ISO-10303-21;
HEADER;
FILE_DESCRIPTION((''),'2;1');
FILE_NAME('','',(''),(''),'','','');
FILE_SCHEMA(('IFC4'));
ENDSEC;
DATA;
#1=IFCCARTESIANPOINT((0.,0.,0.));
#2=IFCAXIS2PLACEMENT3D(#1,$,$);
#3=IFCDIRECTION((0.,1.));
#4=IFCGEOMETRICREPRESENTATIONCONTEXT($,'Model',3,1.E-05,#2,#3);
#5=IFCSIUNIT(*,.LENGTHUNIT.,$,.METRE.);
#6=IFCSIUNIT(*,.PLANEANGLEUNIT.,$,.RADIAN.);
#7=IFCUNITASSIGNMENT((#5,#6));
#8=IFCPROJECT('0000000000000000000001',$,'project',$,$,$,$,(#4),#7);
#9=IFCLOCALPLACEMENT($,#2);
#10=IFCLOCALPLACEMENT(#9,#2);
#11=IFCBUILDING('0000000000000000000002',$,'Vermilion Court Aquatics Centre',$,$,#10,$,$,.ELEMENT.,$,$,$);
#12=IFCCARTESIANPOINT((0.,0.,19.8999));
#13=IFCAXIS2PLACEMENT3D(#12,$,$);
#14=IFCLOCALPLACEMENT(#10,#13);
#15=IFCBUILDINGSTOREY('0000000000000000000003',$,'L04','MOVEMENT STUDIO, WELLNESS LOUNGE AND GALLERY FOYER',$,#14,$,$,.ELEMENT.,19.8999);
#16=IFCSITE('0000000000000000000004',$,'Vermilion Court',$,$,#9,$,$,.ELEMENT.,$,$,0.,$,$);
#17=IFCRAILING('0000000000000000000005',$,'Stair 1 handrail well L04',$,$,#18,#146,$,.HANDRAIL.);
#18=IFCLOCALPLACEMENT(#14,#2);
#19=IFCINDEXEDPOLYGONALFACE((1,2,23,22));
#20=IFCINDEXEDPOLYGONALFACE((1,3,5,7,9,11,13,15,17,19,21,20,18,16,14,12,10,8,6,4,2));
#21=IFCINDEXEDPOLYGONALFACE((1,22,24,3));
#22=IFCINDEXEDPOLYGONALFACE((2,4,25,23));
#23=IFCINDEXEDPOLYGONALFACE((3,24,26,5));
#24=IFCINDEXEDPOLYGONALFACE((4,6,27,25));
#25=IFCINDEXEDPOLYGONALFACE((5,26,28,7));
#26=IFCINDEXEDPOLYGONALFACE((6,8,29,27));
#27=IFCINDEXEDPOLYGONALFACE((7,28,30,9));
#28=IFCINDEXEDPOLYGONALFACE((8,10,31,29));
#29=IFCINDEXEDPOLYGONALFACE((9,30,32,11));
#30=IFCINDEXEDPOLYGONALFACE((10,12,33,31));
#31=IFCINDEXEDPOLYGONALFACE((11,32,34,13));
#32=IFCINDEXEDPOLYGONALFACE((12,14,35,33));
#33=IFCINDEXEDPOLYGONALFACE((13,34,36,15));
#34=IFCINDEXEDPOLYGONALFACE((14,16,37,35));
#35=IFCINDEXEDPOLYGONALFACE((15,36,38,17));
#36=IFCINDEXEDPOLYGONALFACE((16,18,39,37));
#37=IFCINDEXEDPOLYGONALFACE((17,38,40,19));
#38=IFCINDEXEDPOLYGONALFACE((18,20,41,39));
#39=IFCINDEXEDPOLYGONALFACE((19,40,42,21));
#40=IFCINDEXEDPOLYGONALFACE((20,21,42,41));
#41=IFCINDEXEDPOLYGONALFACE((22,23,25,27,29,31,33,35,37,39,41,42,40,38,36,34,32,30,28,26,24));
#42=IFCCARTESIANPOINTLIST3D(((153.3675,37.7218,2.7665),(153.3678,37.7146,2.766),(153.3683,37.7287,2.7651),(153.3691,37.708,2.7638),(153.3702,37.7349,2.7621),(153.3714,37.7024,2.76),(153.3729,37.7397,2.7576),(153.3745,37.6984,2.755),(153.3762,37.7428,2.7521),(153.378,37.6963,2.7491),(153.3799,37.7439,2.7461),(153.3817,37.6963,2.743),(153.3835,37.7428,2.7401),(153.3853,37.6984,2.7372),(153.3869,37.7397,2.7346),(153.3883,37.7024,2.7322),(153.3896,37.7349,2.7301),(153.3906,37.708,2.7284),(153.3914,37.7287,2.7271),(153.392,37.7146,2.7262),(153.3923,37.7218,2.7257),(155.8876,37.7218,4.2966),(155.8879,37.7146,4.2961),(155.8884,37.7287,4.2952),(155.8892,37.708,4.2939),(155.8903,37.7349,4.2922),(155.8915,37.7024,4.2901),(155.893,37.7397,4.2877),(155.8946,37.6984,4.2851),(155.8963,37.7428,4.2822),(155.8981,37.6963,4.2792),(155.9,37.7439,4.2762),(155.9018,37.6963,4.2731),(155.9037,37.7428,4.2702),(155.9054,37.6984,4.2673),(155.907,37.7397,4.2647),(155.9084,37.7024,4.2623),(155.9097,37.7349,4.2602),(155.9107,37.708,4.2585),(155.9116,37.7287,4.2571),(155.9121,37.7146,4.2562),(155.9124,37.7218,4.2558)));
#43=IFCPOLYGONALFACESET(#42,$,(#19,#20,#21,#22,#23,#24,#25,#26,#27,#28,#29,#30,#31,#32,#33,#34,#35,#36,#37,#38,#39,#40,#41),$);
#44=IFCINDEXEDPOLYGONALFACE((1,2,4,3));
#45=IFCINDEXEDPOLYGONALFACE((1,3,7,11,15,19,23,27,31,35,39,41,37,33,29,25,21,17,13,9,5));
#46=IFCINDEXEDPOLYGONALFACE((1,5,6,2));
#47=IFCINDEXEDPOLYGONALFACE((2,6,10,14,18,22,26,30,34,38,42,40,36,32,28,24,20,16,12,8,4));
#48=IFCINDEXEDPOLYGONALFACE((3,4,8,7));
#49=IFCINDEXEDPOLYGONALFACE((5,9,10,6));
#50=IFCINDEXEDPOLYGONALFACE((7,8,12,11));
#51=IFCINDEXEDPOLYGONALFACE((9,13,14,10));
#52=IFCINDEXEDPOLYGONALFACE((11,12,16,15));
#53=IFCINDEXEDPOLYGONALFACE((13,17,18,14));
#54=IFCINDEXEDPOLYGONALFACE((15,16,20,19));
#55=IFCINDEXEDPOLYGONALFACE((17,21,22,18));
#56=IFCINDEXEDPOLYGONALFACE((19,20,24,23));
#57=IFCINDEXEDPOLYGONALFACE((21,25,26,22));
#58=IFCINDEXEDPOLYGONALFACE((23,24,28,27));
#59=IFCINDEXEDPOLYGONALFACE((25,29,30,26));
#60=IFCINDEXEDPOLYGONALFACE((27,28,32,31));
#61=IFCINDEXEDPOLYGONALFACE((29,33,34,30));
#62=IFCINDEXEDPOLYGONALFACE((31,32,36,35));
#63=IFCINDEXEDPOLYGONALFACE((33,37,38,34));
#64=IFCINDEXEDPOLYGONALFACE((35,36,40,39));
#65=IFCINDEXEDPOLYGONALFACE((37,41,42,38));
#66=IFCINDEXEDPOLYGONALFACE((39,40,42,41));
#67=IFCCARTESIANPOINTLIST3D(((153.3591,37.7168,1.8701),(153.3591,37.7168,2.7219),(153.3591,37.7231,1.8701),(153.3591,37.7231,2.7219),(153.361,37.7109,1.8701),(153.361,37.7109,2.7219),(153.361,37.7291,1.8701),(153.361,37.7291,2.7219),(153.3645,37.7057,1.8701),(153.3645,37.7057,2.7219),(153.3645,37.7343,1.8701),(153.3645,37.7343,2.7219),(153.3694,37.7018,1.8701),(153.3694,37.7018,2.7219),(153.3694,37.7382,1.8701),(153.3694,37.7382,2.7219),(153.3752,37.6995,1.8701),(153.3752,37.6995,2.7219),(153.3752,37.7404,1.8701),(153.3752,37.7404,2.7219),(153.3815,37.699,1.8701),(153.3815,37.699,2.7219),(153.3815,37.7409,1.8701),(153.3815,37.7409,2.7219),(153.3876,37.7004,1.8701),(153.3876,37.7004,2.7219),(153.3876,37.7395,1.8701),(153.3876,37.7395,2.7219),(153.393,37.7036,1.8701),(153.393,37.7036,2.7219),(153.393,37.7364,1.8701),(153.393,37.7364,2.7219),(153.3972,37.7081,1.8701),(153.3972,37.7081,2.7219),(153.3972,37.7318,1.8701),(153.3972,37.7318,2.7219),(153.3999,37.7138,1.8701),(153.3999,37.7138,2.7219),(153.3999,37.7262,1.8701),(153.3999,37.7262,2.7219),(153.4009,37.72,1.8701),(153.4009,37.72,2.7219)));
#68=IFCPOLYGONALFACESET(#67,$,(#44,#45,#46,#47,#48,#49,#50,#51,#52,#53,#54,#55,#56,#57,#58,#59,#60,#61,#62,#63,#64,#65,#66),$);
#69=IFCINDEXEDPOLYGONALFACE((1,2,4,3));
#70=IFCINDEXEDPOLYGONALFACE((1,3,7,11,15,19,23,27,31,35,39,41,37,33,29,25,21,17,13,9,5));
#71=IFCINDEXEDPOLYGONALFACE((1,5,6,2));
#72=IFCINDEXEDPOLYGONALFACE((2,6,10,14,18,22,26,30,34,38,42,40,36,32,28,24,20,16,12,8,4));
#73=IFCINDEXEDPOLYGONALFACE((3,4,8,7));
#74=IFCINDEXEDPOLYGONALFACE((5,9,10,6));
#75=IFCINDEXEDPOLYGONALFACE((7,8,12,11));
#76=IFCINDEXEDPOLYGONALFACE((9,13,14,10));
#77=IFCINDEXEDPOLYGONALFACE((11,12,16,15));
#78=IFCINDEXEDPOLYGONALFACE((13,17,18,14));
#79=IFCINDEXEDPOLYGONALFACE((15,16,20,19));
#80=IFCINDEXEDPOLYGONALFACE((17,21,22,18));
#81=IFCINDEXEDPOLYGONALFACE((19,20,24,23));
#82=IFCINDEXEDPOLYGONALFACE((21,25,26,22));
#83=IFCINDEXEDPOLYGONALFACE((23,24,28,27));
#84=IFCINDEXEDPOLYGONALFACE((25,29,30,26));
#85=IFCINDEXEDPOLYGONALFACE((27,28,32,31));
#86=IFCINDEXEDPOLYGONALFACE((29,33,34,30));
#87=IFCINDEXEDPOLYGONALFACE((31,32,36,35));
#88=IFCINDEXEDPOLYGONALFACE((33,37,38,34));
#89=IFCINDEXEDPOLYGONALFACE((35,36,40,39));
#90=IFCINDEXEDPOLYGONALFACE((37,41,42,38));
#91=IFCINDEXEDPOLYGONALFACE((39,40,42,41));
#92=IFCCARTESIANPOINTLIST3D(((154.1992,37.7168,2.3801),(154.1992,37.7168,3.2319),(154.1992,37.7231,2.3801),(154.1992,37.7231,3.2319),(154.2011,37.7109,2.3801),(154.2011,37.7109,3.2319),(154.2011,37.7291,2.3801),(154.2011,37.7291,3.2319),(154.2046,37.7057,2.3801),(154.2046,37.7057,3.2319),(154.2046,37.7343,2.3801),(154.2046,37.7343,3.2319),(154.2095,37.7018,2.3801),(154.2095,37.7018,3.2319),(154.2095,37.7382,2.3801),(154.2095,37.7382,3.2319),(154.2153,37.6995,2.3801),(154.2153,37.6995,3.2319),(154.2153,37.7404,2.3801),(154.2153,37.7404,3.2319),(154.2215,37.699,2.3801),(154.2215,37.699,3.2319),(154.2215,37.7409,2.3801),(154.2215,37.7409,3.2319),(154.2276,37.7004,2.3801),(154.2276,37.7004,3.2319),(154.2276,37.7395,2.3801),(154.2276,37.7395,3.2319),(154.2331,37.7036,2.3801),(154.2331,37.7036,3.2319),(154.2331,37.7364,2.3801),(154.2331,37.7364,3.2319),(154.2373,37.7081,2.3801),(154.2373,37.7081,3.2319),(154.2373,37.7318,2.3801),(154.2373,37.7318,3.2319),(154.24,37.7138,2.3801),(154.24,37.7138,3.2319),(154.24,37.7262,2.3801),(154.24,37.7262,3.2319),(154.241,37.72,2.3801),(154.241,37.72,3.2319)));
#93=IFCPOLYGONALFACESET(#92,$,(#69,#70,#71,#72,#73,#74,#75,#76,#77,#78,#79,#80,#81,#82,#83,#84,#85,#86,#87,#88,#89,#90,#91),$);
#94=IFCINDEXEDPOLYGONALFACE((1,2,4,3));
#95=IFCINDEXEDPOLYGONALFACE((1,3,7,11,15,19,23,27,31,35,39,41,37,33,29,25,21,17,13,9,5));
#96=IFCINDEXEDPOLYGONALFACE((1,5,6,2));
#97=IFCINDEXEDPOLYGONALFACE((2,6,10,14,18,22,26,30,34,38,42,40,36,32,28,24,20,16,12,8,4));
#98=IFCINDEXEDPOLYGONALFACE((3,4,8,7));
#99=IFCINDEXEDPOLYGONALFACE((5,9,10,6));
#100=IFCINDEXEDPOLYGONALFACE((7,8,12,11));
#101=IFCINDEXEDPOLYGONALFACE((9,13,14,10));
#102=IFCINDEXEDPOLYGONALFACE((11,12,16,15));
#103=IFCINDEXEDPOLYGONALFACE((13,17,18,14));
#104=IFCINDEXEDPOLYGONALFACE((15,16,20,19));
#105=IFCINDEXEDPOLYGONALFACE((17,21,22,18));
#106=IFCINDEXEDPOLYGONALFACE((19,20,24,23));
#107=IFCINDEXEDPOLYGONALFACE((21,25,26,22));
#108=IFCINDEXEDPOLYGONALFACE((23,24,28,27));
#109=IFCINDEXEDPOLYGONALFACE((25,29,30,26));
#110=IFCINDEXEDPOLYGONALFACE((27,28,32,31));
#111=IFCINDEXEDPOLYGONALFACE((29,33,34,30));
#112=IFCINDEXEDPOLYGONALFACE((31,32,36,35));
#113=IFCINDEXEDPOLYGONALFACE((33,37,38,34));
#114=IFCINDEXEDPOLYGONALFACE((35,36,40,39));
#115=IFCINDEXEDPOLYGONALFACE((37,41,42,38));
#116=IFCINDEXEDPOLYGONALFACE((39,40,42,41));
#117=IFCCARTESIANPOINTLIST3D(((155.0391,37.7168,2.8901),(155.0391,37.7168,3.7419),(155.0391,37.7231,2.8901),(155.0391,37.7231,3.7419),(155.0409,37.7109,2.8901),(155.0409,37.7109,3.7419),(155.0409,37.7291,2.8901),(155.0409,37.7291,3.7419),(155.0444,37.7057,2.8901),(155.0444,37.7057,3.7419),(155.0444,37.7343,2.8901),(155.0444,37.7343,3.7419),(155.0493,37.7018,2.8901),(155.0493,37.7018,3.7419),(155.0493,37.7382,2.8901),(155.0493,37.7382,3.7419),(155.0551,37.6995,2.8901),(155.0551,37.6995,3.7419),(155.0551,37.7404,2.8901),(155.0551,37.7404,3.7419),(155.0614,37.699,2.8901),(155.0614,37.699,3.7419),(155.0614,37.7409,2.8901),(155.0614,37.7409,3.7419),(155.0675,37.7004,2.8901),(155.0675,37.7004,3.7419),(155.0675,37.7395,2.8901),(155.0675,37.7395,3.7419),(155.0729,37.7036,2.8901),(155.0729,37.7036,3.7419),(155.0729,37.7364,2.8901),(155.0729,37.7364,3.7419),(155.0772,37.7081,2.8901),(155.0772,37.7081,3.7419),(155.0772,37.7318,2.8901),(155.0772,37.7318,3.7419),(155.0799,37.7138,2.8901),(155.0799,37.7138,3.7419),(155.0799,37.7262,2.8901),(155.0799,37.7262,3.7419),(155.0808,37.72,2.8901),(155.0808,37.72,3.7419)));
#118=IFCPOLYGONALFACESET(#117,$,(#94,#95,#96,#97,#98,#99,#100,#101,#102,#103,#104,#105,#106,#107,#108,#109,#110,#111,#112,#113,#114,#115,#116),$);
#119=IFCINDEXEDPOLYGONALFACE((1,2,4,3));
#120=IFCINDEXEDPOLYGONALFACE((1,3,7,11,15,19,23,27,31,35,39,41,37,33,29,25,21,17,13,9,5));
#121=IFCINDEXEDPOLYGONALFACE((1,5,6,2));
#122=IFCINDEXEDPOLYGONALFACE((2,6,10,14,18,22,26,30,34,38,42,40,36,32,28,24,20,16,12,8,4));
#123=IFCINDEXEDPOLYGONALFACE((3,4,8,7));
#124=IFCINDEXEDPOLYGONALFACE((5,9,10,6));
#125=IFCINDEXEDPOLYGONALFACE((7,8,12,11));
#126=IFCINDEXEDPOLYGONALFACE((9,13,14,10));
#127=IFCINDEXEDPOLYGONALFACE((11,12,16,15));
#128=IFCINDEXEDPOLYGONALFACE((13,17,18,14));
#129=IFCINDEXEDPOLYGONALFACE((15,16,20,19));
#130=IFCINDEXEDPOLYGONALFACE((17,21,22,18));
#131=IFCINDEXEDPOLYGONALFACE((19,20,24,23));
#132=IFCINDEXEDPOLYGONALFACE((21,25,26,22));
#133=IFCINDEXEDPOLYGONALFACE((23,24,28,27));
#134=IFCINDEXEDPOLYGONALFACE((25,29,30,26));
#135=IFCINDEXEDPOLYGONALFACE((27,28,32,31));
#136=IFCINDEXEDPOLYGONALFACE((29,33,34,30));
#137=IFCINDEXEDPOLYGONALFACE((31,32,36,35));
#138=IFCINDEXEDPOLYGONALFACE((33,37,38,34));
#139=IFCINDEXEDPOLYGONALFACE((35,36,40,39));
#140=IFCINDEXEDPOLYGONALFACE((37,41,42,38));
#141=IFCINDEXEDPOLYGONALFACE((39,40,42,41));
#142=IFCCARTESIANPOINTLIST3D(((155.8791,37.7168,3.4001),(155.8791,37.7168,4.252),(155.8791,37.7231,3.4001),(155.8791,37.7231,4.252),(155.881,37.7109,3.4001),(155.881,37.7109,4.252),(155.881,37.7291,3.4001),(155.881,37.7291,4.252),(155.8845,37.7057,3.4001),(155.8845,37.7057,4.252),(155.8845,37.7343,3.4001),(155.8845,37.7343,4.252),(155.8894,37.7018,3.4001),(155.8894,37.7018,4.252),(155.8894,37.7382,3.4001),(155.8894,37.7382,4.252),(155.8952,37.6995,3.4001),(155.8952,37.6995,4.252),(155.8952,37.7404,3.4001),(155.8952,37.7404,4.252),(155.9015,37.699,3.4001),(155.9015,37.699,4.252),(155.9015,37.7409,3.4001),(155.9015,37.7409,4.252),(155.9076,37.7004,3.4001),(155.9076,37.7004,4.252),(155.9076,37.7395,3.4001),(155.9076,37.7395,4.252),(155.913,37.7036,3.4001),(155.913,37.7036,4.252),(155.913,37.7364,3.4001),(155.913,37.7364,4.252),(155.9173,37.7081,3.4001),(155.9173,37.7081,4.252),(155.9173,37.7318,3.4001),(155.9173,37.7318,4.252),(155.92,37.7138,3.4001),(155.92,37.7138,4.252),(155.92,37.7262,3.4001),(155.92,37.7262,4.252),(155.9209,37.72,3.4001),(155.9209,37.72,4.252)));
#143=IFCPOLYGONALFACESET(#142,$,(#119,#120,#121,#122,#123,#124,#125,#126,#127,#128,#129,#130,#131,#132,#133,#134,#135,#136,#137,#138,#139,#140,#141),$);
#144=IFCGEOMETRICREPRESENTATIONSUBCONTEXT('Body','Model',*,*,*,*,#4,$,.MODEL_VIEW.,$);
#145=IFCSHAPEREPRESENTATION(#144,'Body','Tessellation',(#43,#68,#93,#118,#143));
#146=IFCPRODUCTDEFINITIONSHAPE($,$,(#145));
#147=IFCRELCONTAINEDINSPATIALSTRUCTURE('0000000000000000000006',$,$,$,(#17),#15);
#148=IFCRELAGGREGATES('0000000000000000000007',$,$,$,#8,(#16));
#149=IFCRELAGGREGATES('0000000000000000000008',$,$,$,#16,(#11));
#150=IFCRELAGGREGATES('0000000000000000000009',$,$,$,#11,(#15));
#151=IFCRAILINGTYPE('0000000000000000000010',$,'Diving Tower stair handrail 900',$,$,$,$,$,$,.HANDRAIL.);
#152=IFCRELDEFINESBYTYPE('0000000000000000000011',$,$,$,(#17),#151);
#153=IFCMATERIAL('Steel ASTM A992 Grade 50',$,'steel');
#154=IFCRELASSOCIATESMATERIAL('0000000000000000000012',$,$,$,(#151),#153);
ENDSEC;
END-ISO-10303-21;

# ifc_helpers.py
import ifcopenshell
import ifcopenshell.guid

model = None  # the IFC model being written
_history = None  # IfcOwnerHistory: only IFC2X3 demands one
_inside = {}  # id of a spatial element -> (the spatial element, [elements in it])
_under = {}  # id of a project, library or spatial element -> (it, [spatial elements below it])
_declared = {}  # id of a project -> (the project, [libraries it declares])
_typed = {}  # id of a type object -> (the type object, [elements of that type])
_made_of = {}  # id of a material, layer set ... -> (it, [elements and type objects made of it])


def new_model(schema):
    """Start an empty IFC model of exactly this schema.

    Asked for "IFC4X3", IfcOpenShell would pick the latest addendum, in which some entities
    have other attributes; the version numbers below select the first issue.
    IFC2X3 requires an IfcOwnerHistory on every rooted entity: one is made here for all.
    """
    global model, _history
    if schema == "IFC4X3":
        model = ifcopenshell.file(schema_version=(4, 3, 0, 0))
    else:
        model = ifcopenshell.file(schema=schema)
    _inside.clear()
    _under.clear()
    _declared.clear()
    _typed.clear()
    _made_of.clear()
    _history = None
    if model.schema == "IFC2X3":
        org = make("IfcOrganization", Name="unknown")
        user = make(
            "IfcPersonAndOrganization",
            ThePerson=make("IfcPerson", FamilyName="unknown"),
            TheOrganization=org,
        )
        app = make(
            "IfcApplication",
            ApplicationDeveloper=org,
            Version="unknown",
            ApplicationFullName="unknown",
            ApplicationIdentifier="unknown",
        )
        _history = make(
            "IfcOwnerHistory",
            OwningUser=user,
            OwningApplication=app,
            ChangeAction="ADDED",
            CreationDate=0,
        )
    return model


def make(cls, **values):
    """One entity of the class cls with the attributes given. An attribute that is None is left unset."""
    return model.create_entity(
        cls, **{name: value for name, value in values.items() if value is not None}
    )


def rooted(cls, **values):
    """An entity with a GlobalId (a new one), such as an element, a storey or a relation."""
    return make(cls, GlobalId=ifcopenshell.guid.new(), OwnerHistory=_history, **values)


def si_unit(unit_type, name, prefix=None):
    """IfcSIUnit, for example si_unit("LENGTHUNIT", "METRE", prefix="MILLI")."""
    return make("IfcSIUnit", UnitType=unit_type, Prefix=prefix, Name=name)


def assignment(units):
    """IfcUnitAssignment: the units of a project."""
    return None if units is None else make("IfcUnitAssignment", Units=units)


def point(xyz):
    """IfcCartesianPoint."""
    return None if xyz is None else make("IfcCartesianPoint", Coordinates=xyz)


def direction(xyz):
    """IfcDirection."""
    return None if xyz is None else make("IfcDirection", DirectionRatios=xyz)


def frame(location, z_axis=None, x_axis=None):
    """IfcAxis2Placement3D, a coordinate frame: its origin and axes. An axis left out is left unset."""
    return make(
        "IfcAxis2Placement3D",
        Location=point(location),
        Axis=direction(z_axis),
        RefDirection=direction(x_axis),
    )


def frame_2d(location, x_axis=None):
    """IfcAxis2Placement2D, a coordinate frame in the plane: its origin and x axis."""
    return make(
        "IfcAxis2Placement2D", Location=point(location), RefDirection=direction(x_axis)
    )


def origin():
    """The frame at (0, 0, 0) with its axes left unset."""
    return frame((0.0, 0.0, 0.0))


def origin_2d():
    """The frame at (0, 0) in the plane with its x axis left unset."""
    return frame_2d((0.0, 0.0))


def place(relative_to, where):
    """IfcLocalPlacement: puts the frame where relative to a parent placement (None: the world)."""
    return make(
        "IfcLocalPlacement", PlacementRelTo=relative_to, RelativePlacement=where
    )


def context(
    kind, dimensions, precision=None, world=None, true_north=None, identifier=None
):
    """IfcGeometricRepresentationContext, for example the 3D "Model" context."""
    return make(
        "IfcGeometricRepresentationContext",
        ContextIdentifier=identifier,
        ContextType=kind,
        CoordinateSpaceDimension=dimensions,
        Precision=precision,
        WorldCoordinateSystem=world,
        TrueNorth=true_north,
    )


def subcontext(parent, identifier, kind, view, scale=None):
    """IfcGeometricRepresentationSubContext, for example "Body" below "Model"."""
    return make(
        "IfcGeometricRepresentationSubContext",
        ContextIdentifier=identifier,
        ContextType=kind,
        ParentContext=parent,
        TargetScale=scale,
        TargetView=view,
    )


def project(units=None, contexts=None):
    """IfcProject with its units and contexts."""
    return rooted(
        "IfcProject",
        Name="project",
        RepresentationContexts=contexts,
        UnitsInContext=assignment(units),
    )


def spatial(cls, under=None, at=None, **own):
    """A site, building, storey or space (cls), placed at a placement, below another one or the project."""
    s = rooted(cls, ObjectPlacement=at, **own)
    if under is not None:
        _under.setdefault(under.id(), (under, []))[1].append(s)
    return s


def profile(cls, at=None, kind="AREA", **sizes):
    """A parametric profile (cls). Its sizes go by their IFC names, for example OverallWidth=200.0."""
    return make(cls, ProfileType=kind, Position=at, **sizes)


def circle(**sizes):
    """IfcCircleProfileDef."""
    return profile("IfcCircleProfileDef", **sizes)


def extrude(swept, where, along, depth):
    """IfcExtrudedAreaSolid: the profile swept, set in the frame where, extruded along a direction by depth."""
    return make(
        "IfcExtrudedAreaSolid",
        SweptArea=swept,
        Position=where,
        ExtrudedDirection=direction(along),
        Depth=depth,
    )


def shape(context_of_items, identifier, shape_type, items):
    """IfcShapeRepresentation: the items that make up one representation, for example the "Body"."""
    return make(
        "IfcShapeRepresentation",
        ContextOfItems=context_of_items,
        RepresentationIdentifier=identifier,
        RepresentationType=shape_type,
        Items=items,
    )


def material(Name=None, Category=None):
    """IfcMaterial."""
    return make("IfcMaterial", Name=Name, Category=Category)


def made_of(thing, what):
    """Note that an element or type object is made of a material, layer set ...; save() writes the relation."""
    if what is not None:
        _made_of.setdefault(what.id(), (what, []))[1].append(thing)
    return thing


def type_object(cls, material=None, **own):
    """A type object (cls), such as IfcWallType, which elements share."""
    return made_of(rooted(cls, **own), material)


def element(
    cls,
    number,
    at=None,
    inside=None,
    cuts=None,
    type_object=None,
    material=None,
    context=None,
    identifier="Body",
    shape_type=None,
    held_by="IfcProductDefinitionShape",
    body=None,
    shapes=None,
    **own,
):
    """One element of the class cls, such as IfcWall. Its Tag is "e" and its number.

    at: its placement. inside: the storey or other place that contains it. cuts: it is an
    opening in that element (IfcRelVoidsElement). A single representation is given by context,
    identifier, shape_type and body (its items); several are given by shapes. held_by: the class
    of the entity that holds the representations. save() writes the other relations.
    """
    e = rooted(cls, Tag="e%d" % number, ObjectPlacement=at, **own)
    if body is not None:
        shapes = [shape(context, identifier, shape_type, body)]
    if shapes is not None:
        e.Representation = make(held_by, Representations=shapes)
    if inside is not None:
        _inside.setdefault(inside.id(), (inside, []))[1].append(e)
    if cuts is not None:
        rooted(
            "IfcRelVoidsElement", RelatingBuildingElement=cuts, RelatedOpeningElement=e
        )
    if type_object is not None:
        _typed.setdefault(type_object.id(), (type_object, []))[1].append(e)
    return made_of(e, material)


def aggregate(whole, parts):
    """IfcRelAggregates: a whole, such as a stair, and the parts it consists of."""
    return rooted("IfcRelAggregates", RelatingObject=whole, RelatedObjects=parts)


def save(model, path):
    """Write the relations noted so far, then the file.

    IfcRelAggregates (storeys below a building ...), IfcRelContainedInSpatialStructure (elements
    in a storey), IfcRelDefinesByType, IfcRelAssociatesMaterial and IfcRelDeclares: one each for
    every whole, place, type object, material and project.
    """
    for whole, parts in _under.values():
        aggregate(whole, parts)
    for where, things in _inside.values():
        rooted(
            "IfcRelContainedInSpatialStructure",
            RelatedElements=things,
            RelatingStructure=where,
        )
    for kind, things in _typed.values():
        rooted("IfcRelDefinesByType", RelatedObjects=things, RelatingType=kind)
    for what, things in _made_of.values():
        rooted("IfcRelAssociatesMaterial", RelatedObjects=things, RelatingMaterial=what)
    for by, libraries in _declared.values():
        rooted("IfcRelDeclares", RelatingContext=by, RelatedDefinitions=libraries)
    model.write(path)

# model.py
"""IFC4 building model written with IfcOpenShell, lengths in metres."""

from ifc_helpers import new_model, si_unit, direction, frame, origin, origin_2d, place, context, subcontext, project, spatial, circle, extrude, material, type_object, element, save


model = new_model("IFC4")

# Units and contexts
model_context = context("Model", 3, precision=1e-05, world=origin(), true_north=direction((0.0, 1.0)))
body_context = subcontext(model_context, "Body", "Model", "MODEL_VIEW")
ifc_project = project(units=[si_unit("LENGTHUNIT", "METRE"), si_unit("PLANEANGLEUNIT", "RADIAN")], contexts=[model_context])

# Site, building, storey
site_placement = place(None, origin())
site = spatial("IfcSite", under=ifc_project, at=site_placement, Name="Vermilion Court", CompositionType="ELEMENT", RefElevation=0.0)
building_placement = place(site_placement, origin())
building = spatial("IfcBuilding", under=site, at=building_placement, Name="Vermilion Court Aquatics Centre", CompositionType="ELEMENT")
storey_placement = place(building_placement, frame((0.0, 0.0, 19.8999)))
storey = spatial("IfcBuildingStorey", under=building, at=storey_placement, Name="L04", Description="MOVEMENT STUDIO, WELLNESS LOUNGE AND GALLERY FOYER", CompositionType="ELEMENT", Elevation=19.8999)

# Railing
ifc_material_1 = material(Name="Steel ASTM A992 Grade 50", Category="steel")
railing_type_1 = type_object("IfcRailingType", Name="Diving Tower stair handrail 900", PredefinedType="HANDRAIL", material=ifc_material_1)
for number, where, name in (
    (1, (153.3799, 37.72, 1.8701), "Stair 1 handrail well L04"),
):
    element("IfcRailing", number, at=place(storey_placement, frame(where)), inside=storey, type_object=railing_type_1, Name=name, PredefinedType="HANDRAIL", context=body_context, shape_type="SweptSolid", body=[
        extrude(circle(Radius=0.0239, at=origin_2d()), frame((0.0, 0.0, 0.876), z_axis=(0.854785, 0.0, 0.518982), x_axis=(0.0, 1.0, 0.0)), (0.0, 0.0, 1.0), 2.9482),
        extrude(circle(Radius=0.021, at=origin_2d()), origin(), (0.0, 0.0, 1.0), 0.8518),
        extrude(circle(Radius=0.021, at=origin_2d()), frame((0.8401, 0.0, 0.51)), (0.0, 0.0, 1.0), 0.8518),
        extrude(circle(Radius=0.021, at=origin_2d()), frame((1.6799, 0.0, 1.02)), (0.0, 0.0, 1.0), 0.8518),
        extrude(circle(Radius=0.021, at=origin_2d()), frame((2.52, 0.0, 1.53)), (0.0, 0.0, 1.0), 0.8518),
    ])

save(model, "model.ifc")
